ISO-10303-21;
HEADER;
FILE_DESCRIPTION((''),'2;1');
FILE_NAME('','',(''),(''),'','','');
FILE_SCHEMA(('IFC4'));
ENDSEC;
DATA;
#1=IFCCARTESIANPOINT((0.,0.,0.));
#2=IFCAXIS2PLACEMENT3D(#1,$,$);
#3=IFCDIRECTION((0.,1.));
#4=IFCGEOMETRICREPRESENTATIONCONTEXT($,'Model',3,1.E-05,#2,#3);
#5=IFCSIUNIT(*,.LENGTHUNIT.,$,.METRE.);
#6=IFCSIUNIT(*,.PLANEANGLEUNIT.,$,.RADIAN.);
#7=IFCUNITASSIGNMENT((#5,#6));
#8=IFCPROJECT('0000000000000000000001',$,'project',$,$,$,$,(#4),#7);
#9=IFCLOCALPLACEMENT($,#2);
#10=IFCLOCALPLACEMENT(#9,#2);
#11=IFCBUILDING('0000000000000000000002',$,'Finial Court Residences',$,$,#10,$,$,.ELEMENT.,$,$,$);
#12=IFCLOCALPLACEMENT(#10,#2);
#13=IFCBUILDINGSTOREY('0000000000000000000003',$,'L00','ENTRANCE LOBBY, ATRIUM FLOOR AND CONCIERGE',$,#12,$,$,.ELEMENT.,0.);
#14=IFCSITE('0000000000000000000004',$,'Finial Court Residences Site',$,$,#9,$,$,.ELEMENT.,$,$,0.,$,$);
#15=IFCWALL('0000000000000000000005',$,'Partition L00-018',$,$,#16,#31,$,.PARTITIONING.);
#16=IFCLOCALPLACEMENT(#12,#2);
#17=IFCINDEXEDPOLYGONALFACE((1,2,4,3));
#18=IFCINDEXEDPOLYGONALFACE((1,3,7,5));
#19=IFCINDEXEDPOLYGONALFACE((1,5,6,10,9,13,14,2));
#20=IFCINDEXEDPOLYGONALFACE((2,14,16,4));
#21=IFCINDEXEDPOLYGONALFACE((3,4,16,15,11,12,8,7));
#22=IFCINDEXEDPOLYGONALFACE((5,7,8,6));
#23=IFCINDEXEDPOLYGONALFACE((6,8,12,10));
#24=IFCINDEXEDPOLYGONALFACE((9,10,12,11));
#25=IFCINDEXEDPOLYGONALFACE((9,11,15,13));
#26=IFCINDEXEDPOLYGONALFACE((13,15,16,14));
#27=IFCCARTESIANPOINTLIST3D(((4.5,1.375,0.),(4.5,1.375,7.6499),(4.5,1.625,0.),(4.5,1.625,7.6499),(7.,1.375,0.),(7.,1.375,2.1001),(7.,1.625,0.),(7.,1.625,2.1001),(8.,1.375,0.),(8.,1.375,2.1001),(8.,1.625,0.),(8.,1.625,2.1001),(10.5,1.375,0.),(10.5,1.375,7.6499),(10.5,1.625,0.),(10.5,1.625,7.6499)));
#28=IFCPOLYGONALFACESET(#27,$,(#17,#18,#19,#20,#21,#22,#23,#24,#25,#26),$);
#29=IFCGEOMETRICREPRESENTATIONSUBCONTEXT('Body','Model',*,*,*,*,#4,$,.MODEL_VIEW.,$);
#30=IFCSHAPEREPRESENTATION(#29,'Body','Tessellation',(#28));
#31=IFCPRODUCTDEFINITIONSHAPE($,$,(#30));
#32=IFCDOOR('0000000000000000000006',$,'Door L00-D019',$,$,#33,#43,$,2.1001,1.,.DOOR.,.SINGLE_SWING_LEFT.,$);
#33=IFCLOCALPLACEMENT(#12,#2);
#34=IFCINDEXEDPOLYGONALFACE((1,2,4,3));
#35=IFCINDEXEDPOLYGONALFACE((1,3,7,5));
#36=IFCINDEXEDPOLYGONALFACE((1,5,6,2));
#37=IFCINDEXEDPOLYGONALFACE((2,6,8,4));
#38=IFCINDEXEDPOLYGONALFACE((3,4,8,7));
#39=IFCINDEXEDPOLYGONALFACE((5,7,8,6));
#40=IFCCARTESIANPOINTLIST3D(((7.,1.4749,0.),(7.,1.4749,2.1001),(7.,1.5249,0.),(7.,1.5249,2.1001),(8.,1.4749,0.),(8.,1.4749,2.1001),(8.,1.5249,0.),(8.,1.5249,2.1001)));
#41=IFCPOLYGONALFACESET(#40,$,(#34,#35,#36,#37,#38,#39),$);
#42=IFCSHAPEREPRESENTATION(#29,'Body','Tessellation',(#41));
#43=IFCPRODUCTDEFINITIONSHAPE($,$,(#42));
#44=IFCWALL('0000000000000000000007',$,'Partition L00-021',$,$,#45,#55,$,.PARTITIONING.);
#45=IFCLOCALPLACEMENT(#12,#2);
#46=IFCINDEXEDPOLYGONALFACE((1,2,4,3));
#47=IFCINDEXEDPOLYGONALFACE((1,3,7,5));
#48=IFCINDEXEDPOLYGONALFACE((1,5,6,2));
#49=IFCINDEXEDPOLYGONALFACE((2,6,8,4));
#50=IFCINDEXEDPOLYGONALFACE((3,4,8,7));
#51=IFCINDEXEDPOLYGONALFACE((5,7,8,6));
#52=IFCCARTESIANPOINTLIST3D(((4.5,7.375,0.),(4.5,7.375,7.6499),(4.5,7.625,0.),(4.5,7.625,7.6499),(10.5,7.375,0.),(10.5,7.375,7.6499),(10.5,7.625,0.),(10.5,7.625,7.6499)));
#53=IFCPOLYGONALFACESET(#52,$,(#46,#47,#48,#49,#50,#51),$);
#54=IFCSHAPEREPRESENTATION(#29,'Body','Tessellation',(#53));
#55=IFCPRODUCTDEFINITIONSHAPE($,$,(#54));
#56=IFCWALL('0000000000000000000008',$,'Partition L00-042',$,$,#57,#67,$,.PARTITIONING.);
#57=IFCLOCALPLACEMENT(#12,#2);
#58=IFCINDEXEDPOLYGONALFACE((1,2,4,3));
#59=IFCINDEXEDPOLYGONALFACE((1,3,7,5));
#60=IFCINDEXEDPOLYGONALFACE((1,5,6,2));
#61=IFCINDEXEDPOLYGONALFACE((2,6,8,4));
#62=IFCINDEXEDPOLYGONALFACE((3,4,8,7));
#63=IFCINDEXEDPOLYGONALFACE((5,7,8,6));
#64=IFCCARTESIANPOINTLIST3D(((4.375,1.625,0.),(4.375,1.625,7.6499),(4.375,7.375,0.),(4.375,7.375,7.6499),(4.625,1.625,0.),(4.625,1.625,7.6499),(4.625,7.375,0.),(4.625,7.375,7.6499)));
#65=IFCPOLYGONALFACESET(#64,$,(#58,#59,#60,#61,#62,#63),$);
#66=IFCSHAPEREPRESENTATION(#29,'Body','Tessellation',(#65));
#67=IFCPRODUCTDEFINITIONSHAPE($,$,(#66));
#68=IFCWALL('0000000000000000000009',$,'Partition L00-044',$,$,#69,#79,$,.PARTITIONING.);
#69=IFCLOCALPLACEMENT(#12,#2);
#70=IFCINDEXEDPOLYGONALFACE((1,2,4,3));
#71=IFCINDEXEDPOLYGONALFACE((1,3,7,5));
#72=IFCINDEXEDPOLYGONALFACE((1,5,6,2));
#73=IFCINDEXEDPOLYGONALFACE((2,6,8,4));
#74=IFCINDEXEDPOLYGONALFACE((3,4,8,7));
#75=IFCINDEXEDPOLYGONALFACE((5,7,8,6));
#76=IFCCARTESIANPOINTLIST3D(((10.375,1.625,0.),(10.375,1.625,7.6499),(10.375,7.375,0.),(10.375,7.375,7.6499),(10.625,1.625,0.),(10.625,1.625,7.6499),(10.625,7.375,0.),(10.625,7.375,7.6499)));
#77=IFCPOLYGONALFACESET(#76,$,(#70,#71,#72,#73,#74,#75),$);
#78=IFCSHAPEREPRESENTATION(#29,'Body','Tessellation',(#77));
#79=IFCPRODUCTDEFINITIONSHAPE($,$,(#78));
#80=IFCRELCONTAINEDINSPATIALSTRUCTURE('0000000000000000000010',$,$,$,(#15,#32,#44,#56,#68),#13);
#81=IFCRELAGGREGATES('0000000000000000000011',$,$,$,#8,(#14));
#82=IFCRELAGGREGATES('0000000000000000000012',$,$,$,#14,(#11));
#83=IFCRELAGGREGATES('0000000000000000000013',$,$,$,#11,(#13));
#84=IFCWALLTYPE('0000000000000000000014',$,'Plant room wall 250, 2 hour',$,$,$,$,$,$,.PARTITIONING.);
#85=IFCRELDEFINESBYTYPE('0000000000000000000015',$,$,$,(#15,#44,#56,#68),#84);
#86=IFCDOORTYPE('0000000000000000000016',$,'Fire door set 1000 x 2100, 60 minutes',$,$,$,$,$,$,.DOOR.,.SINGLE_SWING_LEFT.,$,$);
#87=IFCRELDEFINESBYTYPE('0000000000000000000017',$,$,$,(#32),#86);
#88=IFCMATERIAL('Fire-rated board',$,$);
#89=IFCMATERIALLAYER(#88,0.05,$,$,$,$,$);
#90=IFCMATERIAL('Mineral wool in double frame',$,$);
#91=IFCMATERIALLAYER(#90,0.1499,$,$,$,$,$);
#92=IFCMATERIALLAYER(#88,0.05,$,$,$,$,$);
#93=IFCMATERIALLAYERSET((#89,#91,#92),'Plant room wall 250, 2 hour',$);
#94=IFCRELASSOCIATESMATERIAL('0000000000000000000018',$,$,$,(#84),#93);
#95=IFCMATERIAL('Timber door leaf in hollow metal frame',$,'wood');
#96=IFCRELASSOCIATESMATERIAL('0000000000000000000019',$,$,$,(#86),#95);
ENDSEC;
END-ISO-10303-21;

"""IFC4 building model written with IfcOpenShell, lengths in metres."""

from ifc_helpers import new_model, si_unit, direction, frame, frame_2d, origin, place, context, subcontext, project, spatial, rectangle, extrude, material, layer, layer_set, type_object, element, fill, save


model = new_model("IFC4")

# Units and contexts
model_context = context("Model", 3, precision=1e-05, world=origin(), true_north=direction((0.0, 1.0)))
body_context = subcontext(model_context, "Body", "Model", "MODEL_VIEW")
ifc_project = project(units=[si_unit("LENGTHUNIT", "METRE"), si_unit("PLANEANGLEUNIT", "RADIAN")], contexts=[model_context])

# Site, building, storey
site_placement = place(None, origin())
site = spatial("IfcSite", under=ifc_project, at=site_placement, Name="Finial Court Residences Site", CompositionType="ELEMENT", RefElevation=0.0)
building_placement = place(site_placement, origin())
building = spatial("IfcBuilding", under=site, at=building_placement, Name="Finial Court Residences", CompositionType="ELEMENT")
storey_placement = place(building_placement, origin())
storey = spatial("IfcBuildingStorey", under=building, at=storey_placement, Name="L00", Description="ENTRANCE LOBBY, ATRIUM FLOOR AND CONCIERGE", CompositionType="ELEMENT", Elevation=0.0)

# Shared definitions
ifc_material_1 = material(Name="Timber door leaf in hollow metal frame", Category="wood")

# Wall, opening, door
ifc_material_2 = material(Name="Fire-rated board")
ifc_layer_1 = layer(ifc_material_2, 0.05)
ifc_material_3 = material(Name="Mineral wool in double frame")
ifc_layer_2 = layer(ifc_material_3, 0.1499)
ifc_layer_3 = layer(ifc_material_2, 0.05)
ifc_layer_set_1 = layer_set([ifc_layer_1, ifc_layer_2, ifc_layer_3], Name="Plant room wall 250, 2 hour")
wall_type_1 = type_object("IfcWallType", Name="Plant room wall 250, 2 hour", PredefinedType="PARTITIONING", material=ifc_layer_set_1)
wall_1_placement = place(storey_placement, frame((4.5, 1.5, 0.0), z_axis=(0.0, 0.0, 1.0), x_axis=(1.0, 0.0, 0.0)))
wall_1 = element("IfcWall", 1, at=wall_1_placement, inside=storey, type_object=wall_type_1, Name="Partition L00-018", PredefinedType="PARTITIONING", context=body_context, shape_type="SweptSolid", body=[
    extrude(rectangle(XDim=6.0, YDim=0.25, at=frame_2d((3.0, 0.0))), origin(), (0.0, 0.0, 1.0), 7.6499),
])
opening_1_placement = place(wall_1_placement, frame((2.5, 0.0, 0.0)))
opening_1 = element("IfcOpeningElement", 2, at=opening_1_placement, cuts=wall_1, PredefinedType="OPENING", context=body_context, shape_type="SweptSolid", body=[
    extrude(rectangle(XDim=1.0, YDim=2.1001, at=frame_2d((0.5, 1.05))), frame((0.0, 0.135, 0.0), z_axis=(0.0, -1.0, 0.0), x_axis=(1.0, 0.0, 0.0)), (0.0, 0.0, 1.0), 0.27),
])
door_type_1 = type_object("IfcDoorType", Name="Fire door set 1000 x 2100, 60 minutes", OperationType="SINGLE_SWING_LEFT", PredefinedType="DOOR", material=ifc_material_1)
door_1_placement = place(opening_1_placement, origin())
door_1 = element("IfcDoor", 3, at=door_1_placement, inside=storey, type_object=door_type_1, Name="Door L00-D019", OperationType="SINGLE_SWING_LEFT", OverallHeight=2.1001, OverallWidth=1.0, PredefinedType="DOOR", context=body_context, shape_type="SweptSolid", body=[
    extrude(rectangle(XDim=1.0, YDim=2.1001, at=frame_2d((0.5, 1.05))), frame((0.0, 0.0249, 0.0), z_axis=(0.0, -1.0, 0.0), x_axis=(1.0, 0.0, 0.0)), (0.0, 0.0, 1.0), 0.05),
])
fill(opening_1, door_1)

# Walls
wall_2_placement = place(storey_placement, frame((4.5, 7.5, 0.0), z_axis=(0.0, 0.0, 1.0), x_axis=(1.0, 0.0, 0.0)))
element("IfcWall", 4, at=wall_2_placement, inside=storey, type_object=wall_type_1, Name="Partition L00-021", PredefinedType="PARTITIONING", context=body_context, shape_type="SweptSolid", body=[
    extrude(rectangle(XDim=6.0, YDim=0.25, at=frame_2d((3.0, 0.0))), origin(), (0.0, 0.0, 1.0), 7.6499),
])
for number, where, z_axis, x_axis, name in (
    (5, (4.5, 1.625, 0.0), (0.0, 0.0, 1.0), (0.0, 1.0, 0.0), "Partition L00-042"),
    (6, (10.5, 1.625, 0.0), (0.0, 0.0, 1.0), (0.0, 1.0, 0.0), "Partition L00-044"),
):
    element("IfcWall", number, at=place(storey_placement, frame(where, z_axis=z_axis, x_axis=x_axis)), inside=storey, type_object=wall_type_1, Name=name, PredefinedType="PARTITIONING", context=body_context, shape_type="SweptSolid", body=[
        extrude(rectangle(XDim=5.75, YDim=0.25, at=frame_2d((2.875, 0.0))), origin(), (0.0, 0.0, 1.0), 7.6499),
    ])

save(model, "model.ifc")
